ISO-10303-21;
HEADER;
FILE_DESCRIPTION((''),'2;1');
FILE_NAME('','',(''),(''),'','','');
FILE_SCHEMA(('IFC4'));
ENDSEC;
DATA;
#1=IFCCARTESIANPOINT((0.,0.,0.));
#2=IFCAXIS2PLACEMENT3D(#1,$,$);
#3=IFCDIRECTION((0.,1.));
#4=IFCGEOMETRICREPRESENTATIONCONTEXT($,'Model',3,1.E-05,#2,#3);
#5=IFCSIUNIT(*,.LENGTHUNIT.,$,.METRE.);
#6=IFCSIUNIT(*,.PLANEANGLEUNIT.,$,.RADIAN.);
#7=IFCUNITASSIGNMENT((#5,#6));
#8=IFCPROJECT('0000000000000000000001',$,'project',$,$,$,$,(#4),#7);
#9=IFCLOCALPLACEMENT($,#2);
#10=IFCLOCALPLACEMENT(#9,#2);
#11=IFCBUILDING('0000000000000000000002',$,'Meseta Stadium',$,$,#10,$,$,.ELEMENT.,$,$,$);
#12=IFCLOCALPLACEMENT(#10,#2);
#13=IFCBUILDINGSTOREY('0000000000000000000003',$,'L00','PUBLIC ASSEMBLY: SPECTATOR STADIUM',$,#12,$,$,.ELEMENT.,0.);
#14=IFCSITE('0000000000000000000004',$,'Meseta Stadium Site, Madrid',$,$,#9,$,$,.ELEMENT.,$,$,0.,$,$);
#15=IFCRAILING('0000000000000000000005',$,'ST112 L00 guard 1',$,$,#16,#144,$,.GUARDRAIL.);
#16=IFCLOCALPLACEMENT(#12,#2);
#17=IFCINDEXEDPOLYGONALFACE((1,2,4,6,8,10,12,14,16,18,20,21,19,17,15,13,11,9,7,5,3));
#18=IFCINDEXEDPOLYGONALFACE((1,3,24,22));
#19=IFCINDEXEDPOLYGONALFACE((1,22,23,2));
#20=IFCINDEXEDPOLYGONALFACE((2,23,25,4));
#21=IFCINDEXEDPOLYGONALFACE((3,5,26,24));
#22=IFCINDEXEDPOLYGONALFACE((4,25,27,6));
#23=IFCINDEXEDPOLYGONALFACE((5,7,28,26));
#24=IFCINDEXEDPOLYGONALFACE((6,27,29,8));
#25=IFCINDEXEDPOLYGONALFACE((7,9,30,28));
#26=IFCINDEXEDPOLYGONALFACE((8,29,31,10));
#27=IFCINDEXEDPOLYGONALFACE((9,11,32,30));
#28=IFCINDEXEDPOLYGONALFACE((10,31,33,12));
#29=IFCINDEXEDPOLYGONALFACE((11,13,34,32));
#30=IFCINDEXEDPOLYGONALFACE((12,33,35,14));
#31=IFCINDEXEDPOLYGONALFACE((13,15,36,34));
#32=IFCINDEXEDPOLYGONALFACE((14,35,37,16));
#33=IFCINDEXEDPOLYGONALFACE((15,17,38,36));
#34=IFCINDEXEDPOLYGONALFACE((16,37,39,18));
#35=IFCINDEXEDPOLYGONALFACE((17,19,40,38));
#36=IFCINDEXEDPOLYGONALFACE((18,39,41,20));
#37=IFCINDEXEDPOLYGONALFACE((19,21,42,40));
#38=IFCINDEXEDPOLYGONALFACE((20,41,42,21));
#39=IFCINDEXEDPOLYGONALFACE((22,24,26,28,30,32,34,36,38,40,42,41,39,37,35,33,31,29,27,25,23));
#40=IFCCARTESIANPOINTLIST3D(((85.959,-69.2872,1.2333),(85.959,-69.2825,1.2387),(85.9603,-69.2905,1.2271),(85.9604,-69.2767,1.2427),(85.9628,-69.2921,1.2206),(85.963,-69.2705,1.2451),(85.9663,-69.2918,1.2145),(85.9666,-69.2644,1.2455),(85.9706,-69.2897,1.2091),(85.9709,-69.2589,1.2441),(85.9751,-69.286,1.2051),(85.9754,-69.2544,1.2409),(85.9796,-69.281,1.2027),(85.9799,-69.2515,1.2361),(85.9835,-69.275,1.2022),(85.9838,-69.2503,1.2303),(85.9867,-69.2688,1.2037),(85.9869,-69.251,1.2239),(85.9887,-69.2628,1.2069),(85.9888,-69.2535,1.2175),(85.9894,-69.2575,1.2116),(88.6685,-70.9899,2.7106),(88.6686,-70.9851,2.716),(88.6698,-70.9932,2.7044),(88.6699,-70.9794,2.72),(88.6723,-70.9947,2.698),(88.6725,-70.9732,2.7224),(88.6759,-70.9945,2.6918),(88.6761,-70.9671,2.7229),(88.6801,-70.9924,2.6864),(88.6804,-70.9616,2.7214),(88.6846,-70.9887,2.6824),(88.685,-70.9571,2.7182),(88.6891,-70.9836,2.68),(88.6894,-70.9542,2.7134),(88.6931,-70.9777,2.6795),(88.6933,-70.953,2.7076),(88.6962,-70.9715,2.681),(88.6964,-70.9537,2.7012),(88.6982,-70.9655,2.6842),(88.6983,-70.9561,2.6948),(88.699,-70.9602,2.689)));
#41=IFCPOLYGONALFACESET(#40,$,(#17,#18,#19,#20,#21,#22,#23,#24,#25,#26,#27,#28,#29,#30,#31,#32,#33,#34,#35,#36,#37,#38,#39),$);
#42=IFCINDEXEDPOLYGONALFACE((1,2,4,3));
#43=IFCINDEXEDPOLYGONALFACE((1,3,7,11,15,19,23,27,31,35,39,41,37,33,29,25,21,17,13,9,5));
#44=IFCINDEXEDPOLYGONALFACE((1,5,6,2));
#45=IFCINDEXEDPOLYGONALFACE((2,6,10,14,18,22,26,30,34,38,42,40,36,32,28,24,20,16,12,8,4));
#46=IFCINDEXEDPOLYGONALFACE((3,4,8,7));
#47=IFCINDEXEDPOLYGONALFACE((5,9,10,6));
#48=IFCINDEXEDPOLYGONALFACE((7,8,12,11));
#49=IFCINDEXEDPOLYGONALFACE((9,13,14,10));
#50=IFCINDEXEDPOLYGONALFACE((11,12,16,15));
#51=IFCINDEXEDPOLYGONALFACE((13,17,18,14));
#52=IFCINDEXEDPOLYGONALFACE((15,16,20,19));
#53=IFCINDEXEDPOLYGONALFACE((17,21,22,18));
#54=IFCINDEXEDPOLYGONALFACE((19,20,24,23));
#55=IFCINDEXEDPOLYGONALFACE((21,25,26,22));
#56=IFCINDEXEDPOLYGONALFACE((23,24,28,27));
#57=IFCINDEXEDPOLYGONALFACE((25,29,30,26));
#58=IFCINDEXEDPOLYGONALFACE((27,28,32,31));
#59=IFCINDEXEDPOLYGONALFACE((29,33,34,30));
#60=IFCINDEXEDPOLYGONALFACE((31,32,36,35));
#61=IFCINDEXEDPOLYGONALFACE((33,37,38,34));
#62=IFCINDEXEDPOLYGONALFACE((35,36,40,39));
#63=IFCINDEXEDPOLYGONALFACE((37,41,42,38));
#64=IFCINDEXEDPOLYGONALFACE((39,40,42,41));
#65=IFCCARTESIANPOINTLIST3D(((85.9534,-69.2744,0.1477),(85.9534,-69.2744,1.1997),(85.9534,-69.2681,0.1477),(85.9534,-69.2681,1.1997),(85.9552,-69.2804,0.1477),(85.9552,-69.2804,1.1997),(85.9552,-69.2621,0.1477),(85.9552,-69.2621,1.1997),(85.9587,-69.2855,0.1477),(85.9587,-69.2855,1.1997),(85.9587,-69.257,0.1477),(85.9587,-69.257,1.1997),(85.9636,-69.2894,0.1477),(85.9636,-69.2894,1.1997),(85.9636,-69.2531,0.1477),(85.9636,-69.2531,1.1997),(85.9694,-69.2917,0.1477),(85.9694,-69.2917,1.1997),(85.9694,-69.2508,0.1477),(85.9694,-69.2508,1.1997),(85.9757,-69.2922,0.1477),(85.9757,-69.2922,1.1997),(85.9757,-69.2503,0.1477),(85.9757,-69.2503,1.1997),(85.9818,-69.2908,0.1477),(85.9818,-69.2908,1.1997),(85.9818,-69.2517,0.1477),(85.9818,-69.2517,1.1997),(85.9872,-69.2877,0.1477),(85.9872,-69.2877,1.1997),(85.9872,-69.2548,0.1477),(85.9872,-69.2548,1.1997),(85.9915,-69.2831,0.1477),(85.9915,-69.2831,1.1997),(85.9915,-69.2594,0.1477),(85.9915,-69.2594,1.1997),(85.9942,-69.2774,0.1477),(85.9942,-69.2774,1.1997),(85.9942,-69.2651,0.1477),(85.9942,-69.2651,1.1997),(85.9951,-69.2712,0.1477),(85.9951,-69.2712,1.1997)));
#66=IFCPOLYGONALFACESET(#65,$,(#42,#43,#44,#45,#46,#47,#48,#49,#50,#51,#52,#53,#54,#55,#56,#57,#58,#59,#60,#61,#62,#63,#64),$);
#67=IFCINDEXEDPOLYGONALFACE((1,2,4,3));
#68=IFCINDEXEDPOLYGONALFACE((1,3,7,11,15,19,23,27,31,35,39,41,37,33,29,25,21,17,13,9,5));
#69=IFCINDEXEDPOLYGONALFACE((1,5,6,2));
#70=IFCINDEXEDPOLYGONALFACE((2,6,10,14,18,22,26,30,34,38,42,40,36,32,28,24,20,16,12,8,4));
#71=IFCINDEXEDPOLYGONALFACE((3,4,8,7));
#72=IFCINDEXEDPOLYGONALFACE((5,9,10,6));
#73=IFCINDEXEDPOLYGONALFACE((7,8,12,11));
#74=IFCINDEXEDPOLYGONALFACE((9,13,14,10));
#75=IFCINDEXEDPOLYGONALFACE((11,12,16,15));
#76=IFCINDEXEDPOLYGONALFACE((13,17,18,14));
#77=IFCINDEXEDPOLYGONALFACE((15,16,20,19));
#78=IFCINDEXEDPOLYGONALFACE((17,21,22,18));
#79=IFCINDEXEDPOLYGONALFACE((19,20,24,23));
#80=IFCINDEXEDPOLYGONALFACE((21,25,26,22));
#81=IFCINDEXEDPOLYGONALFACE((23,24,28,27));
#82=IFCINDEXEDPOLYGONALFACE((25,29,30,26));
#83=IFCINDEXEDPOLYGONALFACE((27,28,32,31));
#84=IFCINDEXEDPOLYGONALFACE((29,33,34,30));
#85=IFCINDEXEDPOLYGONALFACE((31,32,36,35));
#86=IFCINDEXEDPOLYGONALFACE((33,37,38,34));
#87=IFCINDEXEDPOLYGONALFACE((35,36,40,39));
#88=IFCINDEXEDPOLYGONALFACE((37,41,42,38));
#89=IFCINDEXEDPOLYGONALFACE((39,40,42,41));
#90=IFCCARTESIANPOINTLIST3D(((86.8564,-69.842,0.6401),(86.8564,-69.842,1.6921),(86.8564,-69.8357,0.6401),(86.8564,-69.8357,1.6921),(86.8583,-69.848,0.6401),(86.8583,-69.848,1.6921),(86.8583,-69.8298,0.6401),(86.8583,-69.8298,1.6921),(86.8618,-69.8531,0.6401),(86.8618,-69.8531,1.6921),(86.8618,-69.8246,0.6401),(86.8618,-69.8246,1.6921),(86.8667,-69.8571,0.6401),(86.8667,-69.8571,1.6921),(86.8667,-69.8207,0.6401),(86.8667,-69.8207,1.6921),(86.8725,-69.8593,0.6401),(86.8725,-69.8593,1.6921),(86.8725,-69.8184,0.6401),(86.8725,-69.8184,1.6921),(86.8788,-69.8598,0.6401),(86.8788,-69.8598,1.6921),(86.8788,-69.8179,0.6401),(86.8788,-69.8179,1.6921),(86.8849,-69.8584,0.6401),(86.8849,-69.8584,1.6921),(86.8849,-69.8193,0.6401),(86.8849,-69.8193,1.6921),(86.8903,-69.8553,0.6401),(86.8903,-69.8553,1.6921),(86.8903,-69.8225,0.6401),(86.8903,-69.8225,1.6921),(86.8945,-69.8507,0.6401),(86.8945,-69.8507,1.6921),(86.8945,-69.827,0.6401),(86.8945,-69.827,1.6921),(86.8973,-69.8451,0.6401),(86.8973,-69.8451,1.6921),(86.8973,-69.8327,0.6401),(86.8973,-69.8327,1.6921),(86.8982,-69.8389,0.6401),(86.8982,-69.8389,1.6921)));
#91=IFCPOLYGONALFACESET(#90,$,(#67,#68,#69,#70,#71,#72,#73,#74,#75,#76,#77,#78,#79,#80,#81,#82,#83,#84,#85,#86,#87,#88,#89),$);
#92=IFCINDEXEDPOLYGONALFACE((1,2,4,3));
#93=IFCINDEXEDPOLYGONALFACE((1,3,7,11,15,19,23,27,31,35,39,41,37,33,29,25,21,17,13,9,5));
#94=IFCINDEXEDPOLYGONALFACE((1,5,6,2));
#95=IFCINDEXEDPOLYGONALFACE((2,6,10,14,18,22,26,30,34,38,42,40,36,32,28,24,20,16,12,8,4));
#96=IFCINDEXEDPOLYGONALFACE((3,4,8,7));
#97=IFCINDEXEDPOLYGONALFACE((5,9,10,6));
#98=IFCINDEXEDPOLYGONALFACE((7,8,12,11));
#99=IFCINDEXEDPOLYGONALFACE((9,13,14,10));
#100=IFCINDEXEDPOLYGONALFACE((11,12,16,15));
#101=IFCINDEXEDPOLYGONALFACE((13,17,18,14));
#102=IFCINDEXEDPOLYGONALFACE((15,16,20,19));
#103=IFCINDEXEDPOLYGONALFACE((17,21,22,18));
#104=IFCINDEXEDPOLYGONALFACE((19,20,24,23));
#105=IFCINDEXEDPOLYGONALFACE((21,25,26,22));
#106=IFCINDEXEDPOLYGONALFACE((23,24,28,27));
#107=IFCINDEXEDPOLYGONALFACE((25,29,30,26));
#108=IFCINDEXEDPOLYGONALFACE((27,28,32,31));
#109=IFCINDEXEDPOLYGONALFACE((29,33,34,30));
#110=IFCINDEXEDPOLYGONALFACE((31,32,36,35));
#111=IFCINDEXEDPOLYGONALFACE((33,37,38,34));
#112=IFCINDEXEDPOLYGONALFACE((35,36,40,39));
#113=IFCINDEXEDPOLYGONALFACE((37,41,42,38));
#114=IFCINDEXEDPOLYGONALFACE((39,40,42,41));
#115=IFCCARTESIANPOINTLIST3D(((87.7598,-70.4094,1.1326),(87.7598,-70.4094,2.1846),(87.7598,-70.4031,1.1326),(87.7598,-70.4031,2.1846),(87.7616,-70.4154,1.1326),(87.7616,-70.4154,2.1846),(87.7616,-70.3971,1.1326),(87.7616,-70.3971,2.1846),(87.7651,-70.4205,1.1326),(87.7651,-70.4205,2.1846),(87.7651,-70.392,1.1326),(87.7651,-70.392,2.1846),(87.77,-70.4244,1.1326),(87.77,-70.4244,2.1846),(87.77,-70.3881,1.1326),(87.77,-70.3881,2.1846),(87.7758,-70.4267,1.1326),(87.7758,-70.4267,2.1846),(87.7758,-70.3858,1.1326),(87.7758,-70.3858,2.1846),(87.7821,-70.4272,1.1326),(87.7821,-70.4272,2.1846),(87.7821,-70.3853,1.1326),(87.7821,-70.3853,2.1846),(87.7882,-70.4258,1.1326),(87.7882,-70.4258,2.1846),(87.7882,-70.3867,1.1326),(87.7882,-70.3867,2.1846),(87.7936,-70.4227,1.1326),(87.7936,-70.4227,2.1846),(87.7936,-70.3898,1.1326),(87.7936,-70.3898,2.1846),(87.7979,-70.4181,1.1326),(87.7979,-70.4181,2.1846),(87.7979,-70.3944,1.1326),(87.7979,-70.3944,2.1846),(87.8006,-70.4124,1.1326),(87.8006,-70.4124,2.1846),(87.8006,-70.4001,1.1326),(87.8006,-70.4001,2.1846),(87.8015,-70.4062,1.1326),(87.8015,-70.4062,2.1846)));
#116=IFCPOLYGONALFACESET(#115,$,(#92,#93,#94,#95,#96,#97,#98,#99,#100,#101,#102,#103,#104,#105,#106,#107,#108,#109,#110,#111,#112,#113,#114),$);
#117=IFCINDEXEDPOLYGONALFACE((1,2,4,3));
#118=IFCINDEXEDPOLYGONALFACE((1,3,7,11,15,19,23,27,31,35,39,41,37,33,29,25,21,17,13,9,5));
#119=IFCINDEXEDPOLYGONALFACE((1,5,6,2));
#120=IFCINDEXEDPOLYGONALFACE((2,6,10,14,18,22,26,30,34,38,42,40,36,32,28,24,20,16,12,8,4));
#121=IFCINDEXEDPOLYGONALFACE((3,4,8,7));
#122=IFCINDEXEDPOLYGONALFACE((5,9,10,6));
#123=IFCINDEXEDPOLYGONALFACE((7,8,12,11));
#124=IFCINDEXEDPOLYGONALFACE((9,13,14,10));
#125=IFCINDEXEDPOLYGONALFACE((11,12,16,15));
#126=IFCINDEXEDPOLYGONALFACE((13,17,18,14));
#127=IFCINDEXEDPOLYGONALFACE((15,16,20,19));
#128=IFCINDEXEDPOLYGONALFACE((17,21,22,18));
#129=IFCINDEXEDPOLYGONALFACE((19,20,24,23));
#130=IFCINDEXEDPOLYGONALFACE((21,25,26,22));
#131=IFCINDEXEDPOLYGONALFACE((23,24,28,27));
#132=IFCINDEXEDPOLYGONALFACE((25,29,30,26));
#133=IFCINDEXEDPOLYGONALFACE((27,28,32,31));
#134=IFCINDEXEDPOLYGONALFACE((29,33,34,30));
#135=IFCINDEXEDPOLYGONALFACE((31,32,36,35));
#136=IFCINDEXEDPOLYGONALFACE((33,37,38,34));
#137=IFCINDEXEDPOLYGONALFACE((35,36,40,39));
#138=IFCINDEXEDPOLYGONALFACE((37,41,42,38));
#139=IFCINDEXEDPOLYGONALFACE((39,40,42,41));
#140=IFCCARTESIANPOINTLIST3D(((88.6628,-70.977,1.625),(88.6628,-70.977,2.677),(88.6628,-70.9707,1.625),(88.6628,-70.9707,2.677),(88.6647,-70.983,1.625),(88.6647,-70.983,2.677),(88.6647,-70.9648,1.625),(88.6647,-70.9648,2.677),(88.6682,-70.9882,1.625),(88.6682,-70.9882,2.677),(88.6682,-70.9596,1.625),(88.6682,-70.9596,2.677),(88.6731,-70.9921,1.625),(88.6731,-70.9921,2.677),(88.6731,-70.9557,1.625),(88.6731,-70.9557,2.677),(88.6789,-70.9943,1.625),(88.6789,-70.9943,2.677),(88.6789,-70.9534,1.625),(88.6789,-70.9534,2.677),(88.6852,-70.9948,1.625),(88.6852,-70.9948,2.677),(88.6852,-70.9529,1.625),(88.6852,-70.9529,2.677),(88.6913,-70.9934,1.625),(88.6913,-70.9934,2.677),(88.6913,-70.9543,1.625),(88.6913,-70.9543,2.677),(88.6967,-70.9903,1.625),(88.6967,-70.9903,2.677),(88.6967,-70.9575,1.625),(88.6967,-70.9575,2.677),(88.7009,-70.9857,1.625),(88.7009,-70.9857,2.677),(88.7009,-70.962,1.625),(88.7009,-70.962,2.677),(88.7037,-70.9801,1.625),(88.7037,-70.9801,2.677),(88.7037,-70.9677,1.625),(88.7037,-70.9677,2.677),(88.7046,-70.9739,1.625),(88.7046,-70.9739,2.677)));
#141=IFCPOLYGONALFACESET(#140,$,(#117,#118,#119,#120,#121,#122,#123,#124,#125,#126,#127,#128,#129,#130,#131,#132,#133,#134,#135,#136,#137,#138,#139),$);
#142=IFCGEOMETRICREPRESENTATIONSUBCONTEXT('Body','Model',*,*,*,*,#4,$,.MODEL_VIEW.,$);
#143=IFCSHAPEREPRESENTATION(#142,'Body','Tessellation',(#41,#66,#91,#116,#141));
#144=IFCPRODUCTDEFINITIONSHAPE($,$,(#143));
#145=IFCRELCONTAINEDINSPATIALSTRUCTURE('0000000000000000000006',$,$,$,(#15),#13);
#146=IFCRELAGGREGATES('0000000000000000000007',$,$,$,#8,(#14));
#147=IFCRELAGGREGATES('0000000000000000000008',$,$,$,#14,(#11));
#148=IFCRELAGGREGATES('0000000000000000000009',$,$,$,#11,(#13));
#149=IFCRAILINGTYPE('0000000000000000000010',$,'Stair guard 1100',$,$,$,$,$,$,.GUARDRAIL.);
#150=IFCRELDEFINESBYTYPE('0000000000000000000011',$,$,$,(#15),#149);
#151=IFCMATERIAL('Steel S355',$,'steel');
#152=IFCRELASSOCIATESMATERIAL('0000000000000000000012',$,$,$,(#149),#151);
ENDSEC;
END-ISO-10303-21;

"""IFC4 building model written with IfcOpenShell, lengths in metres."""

from ifc_helpers import new_model, si_unit, direction, frame, origin, origin_2d, place, context, subcontext, project, spatial, circle, extrude, material, type_object, element, save


model = new_model("IFC4")

# Units and contexts
model_context = context("Model", 3, precision=1e-05, world=origin(), true_north=direction((0.0, 1.0)))
body_context = subcontext(model_context, "Body", "Model", "MODEL_VIEW")
ifc_project = project(units=[si_unit("LENGTHUNIT", "METRE"), si_unit("PLANEANGLEUNIT", "RADIAN")], contexts=[model_context])

# Site, building, storey
site_placement = place(None, origin())
site = spatial("IfcSite", under=ifc_project, at=site_placement, Name="Meseta Stadium Site, Madrid", CompositionType="ELEMENT", RefElevation=0.0)
building_placement = place(site_placement, origin())
building = spatial("IfcBuilding", under=site, at=building_placement, Name="Meseta Stadium", CompositionType="ELEMENT")
storey_placement = place(building_placement, origin())
storey = spatial("IfcBuildingStorey", under=building, at=storey_placement, Name="L00", Description="PUBLIC ASSEMBLY: SPECTATOR STADIUM", CompositionType="ELEMENT", Elevation=0.0)

# Railing
ifc_material_1 = material(Name="Steel S355", Category="steel")
railing_type_1 = type_object("IfcRailingType", Name="Stair guard 1100", PredefinedType="GUARDRAIL", material=ifc_material_1)
railing_1_placement = place(storey_placement, frame((85.9741, -69.2712, 0.1477)))
element("IfcRailing", 1, at=railing_1_placement, inside=storey, type_object=railing_type_1, Name="ST112 L00 guard 1", PredefinedType="GUARDRAIL", context=body_context, shape_type="SweptSolid", body=[
    extrude(circle(Radius=0.0239, at=origin_2d()), frame((0.0, 0.0, 1.0762), z_axis=(0.768738, -0.483076, 0.419142), x_axis=(0.532068, 0.846701, 0.0)), (0.0, 0.0, 1.0), 3.5247),
    extrude(circle(Radius=0.021, at=origin_2d()), origin(), (0.0, 0.0, 1.0), 1.052),
    extrude(circle(Radius=0.021, at=origin_2d()), frame((0.9031, -0.5676, 0.4924)), (0.0, 0.0, 1.0), 1.052),
    extrude(circle(Radius=0.021, at=origin_2d()), frame((1.8064, -1.135, 0.9849)), (0.0, 0.0, 1.0), 1.052),
    extrude(circle(Radius=0.021, at=origin_2d()), frame((2.7095, -1.7026, 1.4773)), (0.0, 0.0, 1.0), 1.052),
])

save(model, "model.ifc")
